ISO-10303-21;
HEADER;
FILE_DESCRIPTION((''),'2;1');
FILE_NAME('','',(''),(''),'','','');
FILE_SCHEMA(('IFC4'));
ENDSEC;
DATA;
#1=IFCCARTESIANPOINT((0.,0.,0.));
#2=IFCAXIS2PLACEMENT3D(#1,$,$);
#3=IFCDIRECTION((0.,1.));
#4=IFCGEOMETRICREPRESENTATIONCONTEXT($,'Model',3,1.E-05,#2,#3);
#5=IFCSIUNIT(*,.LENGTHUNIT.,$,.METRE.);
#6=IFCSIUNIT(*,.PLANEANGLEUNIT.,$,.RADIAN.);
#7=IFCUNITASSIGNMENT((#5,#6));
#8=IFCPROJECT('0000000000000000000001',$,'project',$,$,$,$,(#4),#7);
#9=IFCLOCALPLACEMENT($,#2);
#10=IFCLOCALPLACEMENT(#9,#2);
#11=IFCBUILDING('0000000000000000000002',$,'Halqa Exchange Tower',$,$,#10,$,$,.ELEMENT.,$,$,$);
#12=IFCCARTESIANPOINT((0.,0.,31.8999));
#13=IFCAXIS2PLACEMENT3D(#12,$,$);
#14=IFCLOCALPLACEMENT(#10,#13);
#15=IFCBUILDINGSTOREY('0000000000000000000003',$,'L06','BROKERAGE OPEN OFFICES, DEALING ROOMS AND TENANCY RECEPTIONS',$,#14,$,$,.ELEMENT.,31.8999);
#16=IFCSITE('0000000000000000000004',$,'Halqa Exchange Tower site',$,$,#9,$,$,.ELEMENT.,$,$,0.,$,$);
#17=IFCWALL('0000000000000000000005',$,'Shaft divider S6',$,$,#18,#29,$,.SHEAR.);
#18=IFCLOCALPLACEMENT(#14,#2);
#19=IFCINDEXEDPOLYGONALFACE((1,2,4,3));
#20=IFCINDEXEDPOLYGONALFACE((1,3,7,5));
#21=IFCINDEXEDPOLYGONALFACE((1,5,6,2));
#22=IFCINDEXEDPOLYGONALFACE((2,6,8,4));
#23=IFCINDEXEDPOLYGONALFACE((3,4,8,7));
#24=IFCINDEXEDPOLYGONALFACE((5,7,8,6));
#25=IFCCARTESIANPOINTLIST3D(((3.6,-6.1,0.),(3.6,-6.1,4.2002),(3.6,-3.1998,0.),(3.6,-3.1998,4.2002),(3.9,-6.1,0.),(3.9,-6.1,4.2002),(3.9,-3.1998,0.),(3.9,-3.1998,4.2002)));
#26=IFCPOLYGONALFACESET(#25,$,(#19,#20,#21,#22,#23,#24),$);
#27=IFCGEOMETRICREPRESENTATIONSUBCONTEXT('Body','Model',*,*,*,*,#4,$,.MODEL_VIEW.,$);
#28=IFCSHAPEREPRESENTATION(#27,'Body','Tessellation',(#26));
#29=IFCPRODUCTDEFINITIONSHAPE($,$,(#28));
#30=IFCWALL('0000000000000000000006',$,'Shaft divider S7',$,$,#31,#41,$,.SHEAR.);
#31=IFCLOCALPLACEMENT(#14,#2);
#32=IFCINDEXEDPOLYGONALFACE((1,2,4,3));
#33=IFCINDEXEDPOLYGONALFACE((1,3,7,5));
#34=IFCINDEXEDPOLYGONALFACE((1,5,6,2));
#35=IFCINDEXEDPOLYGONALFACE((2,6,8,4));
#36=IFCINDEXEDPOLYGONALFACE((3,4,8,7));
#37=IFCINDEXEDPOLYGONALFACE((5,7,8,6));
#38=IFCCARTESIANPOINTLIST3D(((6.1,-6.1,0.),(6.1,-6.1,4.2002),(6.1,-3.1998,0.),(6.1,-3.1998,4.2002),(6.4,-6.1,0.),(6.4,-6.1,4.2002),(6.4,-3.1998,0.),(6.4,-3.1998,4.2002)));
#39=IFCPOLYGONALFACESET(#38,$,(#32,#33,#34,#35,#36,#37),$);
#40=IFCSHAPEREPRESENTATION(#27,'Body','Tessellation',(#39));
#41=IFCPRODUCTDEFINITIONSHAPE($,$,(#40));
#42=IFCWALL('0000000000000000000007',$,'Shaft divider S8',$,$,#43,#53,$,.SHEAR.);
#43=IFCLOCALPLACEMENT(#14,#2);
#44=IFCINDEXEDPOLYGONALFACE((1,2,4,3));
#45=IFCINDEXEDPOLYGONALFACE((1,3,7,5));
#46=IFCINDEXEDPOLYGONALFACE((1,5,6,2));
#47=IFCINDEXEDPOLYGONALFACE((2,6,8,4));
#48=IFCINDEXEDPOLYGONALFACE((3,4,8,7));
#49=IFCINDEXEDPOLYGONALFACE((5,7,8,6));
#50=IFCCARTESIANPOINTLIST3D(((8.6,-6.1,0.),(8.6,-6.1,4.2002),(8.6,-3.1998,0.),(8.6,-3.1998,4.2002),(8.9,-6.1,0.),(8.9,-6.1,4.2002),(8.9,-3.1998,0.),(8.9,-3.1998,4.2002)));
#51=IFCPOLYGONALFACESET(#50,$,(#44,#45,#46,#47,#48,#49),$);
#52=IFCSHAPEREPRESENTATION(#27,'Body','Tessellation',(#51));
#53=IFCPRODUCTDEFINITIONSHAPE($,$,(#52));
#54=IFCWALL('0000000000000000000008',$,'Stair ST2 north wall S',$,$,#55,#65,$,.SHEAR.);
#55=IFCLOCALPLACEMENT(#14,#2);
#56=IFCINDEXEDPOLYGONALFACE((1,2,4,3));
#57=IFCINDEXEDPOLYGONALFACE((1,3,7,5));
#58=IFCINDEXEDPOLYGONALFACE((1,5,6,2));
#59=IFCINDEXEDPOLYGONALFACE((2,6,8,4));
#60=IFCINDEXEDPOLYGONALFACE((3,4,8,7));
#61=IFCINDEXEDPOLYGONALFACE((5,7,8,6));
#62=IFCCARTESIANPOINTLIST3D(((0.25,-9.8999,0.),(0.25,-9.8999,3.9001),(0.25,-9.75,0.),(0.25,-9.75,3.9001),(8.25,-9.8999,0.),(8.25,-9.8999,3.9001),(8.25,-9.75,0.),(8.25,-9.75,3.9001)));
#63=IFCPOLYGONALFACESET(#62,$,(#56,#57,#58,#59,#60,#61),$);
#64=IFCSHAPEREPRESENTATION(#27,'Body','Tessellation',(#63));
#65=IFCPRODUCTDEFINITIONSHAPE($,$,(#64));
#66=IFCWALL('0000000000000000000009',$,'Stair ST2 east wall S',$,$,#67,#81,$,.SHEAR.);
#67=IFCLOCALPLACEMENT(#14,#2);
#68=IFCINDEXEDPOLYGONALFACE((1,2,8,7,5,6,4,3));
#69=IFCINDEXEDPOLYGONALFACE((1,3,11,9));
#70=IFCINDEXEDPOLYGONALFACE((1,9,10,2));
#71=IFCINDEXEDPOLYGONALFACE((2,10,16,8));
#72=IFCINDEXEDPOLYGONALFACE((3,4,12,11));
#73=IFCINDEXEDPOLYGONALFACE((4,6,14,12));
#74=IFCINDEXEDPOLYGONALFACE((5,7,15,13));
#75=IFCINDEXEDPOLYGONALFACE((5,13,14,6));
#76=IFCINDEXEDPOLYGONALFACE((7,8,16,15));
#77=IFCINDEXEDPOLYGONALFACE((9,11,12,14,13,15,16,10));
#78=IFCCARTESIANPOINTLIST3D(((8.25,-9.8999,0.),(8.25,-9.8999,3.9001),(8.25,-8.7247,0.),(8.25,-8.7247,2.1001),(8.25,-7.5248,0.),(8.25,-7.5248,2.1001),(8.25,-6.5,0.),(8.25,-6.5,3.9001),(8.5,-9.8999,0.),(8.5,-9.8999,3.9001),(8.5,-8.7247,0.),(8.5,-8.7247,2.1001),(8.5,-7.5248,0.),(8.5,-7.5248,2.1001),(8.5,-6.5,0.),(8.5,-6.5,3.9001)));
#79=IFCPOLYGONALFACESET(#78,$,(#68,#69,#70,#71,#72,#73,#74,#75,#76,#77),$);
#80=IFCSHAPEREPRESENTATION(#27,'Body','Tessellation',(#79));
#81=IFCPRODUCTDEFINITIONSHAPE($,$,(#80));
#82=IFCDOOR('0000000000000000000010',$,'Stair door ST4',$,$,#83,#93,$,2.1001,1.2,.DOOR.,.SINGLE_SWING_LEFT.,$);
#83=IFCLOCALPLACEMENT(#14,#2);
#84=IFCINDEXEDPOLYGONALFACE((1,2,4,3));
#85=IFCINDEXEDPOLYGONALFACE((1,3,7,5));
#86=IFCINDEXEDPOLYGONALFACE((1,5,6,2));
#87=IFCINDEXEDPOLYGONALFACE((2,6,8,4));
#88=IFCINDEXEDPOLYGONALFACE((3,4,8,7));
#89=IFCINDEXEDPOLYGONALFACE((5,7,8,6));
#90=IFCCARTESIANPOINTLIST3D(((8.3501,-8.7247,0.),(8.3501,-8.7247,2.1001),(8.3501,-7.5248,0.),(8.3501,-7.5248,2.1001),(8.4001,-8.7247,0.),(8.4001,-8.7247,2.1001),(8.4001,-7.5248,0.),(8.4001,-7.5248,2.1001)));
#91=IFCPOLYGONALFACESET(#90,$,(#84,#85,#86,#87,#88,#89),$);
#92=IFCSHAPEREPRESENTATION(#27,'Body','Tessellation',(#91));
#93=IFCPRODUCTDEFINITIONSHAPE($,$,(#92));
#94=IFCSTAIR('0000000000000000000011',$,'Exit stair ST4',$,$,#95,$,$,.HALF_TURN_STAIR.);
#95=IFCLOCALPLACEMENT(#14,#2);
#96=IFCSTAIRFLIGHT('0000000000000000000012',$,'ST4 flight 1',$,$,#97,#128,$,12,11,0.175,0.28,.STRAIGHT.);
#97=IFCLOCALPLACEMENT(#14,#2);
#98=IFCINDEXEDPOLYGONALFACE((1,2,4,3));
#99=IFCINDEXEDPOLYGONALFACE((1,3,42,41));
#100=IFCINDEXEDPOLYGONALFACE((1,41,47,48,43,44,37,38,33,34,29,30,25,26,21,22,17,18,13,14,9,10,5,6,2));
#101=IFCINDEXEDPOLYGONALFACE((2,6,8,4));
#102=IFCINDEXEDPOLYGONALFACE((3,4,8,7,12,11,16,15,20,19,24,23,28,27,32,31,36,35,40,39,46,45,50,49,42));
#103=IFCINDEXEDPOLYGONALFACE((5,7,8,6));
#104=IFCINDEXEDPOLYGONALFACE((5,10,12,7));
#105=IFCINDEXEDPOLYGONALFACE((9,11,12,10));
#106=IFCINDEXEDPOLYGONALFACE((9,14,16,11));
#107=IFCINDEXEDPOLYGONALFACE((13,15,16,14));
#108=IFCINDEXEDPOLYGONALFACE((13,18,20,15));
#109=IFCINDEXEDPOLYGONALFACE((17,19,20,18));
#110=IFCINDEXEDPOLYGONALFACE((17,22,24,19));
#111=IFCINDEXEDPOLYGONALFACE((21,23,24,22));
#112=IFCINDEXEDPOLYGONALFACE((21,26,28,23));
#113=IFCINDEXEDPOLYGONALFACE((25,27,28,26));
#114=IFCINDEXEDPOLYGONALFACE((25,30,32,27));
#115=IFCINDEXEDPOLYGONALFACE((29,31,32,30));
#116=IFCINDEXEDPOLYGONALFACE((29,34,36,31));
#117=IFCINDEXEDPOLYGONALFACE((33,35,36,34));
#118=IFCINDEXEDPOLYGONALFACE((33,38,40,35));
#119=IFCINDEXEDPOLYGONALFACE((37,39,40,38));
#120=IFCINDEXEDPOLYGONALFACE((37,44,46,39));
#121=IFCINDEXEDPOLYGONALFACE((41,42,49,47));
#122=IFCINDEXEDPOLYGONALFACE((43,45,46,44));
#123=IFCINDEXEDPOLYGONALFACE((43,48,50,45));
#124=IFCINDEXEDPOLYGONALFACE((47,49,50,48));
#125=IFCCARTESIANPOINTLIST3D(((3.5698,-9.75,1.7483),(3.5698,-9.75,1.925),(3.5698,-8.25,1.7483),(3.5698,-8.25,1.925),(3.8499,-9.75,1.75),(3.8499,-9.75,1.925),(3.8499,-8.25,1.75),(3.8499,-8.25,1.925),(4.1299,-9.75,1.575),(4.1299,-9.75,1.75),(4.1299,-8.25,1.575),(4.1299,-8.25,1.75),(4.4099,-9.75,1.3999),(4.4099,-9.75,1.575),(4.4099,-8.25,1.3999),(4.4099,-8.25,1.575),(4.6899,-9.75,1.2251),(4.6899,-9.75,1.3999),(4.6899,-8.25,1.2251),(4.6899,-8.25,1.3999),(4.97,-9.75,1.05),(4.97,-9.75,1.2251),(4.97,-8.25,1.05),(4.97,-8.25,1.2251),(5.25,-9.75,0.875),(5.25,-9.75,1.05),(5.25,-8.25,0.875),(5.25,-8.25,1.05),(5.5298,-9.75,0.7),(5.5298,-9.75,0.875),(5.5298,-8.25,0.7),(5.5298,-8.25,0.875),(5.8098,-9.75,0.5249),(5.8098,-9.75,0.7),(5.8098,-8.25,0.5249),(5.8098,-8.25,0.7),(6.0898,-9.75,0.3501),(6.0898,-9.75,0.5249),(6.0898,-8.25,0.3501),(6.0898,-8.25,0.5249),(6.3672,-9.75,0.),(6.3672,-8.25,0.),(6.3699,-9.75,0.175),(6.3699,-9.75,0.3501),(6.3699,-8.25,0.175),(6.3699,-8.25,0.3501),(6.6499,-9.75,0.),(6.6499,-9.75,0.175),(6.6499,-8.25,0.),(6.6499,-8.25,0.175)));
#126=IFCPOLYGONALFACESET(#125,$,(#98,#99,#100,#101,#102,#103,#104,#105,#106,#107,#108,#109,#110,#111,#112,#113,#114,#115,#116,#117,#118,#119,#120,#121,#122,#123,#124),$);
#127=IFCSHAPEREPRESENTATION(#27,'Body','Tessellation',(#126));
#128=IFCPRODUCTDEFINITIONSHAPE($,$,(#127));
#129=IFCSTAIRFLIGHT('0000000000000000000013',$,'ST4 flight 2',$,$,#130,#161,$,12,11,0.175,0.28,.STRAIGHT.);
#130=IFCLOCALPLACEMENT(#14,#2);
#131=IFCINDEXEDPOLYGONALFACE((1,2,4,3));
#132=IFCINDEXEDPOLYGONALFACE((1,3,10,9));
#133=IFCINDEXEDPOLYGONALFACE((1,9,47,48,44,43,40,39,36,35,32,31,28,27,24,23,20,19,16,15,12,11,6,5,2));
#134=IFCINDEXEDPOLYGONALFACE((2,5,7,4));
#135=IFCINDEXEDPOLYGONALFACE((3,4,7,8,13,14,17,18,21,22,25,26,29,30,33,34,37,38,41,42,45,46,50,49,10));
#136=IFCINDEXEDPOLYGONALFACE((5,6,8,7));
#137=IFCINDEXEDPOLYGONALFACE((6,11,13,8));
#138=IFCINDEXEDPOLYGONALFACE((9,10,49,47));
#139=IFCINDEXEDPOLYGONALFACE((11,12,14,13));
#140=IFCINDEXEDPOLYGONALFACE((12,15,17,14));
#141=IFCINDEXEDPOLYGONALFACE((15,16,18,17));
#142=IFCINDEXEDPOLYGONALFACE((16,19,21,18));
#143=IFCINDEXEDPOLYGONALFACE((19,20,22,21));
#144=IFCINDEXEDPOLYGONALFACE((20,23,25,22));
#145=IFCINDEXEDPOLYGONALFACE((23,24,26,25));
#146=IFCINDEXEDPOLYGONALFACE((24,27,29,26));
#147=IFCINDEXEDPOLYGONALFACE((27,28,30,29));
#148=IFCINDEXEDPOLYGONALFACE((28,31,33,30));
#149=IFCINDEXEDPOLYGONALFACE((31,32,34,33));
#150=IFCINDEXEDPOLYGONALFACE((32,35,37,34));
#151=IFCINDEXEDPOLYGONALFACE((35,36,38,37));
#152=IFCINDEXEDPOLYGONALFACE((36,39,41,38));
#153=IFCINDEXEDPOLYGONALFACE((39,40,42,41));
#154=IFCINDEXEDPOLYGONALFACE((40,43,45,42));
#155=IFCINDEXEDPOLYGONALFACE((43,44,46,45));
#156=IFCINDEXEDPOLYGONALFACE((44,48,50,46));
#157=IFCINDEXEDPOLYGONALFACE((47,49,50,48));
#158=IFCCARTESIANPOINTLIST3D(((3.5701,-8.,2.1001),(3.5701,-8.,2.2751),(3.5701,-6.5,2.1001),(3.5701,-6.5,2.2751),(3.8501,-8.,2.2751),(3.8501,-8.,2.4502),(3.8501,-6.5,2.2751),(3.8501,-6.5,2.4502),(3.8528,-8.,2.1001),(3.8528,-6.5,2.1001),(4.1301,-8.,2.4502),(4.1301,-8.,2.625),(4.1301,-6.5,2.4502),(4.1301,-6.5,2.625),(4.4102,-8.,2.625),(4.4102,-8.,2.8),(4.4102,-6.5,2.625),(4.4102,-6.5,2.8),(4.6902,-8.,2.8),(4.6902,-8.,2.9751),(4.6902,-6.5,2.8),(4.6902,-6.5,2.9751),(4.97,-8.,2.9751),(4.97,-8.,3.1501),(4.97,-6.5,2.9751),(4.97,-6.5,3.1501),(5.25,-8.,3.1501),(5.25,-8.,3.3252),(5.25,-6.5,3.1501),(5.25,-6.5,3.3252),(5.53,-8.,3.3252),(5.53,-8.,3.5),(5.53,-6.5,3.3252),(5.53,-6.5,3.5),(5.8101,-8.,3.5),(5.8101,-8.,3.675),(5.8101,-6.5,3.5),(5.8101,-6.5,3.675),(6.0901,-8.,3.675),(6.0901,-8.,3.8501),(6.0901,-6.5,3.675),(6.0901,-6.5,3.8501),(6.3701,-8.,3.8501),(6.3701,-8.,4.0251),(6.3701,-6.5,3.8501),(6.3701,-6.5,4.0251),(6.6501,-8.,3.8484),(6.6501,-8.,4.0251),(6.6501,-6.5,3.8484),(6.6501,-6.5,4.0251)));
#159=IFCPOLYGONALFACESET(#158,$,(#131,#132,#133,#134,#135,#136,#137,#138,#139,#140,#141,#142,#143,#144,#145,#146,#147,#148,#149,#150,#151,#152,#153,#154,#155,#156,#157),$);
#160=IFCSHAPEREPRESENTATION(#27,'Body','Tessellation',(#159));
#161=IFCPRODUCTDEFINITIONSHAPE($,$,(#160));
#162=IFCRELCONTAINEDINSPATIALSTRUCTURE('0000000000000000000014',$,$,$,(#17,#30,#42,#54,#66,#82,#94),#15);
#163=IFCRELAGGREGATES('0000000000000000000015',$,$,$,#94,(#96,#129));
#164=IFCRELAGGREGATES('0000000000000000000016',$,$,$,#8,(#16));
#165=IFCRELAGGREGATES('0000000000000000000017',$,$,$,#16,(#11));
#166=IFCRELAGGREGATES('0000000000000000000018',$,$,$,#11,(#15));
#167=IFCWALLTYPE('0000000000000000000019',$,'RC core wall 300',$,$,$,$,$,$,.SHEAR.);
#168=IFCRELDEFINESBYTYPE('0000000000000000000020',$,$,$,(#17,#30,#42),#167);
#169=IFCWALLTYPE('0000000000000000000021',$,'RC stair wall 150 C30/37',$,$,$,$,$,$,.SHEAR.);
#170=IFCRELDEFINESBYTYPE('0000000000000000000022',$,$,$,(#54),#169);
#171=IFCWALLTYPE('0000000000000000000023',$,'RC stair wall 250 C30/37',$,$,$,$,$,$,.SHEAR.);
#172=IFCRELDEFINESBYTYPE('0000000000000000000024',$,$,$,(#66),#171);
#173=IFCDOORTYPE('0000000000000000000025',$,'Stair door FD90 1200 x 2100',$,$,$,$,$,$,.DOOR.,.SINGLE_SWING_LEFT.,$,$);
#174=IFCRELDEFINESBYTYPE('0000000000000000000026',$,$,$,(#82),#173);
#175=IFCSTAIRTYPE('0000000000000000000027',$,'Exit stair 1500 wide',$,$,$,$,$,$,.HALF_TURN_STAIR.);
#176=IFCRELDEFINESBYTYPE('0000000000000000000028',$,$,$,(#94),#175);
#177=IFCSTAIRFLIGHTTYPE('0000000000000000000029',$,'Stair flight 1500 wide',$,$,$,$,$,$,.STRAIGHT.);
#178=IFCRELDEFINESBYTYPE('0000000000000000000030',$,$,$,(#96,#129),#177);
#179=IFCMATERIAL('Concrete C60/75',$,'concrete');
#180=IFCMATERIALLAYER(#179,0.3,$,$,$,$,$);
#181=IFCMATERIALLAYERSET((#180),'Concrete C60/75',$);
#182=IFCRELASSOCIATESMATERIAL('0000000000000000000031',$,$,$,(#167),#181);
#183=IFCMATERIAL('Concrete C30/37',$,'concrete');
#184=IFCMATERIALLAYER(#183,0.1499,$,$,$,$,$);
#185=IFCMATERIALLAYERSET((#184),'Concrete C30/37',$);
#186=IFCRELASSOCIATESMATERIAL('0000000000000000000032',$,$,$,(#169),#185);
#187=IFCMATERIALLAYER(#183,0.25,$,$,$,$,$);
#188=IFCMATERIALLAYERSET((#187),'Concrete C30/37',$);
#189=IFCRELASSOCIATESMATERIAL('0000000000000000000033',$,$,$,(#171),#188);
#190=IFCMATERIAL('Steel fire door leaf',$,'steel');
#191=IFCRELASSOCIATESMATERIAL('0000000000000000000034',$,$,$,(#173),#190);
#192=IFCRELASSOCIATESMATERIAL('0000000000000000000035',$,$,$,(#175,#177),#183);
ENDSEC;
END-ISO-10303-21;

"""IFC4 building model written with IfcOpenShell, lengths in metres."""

from ifc_helpers import new_model, si_unit, direction, frame, frame_2d, origin, place, context, subcontext, project, spatial, polyline, rectangle, outline, extrude, material, layer, layer_set, type_object, element, fill, aggregate, save


model = new_model("IFC4")

# Units and contexts
model_context = context("Model", 3, precision=1e-05, world=origin(), true_north=direction((0.0, 1.0)))
body_context = subcontext(model_context, "Body", "Model", "MODEL_VIEW")
ifc_project = project(units=[si_unit("LENGTHUNIT", "METRE"), si_unit("PLANEANGLEUNIT", "RADIAN")], contexts=[model_context])

# Site, building, storey
site_placement = place(None, origin())
site = spatial("IfcSite", under=ifc_project, at=site_placement, Name="Halqa Exchange Tower site", CompositionType="ELEMENT", RefElevation=0.0)
building_placement = place(site_placement, origin())
building = spatial("IfcBuilding", under=site, at=building_placement, Name="Halqa Exchange Tower", CompositionType="ELEMENT")
storey_placement = place(building_placement, frame((0.0, 0.0, 31.8999)))
storey = spatial("IfcBuildingStorey", under=building, at=storey_placement, Name="L06", Description="BROKERAGE OPEN OFFICES, DEALING ROOMS AND TENANCY RECEPTIONS", CompositionType="ELEMENT", Elevation=31.8999)

# Shared definitions
ifc_material_1 = material(Name="Concrete C60/75", Category="concrete")

# Walls
ifc_layer_1 = layer(ifc_material_1, 0.3)
ifc_layer_set_1 = layer_set([ifc_layer_1], Name="Concrete C60/75")
wall_type_1 = type_object("IfcWallType", Name="RC core wall 300", PredefinedType="SHEAR", material=ifc_layer_set_1)
for number, where, z_axis, x_axis, name in (
    (1, (3.75, -6.1001, 0.0), (0.0, 0.0, 1.0), (0.0, 1.0, 0.0), "Shaft divider S6"),
    (2, (6.25, -6.1001, 0.0), (0.0, 0.0, 1.0), (0.0, 1.0, 0.0), "Shaft divider S7"),
    (3, (8.75, -6.1001, 0.0), (0.0, 0.0, 1.0), (0.0, 1.0, 0.0), "Shaft divider S8"),
):
    element("IfcWall", number, at=place(storey_placement, frame(where, z_axis=z_axis, x_axis=x_axis)), inside=storey, type_object=wall_type_1, Name=name, PredefinedType="SHEAR", context=body_context, shape_type="SweptSolid", body=[
        extrude(rectangle(XDim=2.9001, YDim=0.3, at=frame_2d((1.4502, 0.0))), origin(), (0.0, 0.0, 1.0), 4.2002),
    ])
ifc_material_2 = material(Name="Concrete C30/37", Category="concrete")
ifc_layer_2 = layer(ifc_material_2, 0.1499)
ifc_layer_set_2 = layer_set([ifc_layer_2], Name="Concrete C30/37")
wall_type_2 = type_object("IfcWallType", Name="RC stair wall 150 C30/37", PredefinedType="SHEAR", material=ifc_layer_set_2)
wall_1_placement = place(storey_placement, frame((0.25, -9.825, 0.0), z_axis=(0.0, 0.0, 1.0), x_axis=(1.0, 0.0, 0.0)))
element("IfcWall", 4, at=wall_1_placement, inside=storey, type_object=wall_type_2, Name="Stair ST2 north wall S", PredefinedType="SHEAR", context=body_context, shape_type="SweptSolid", body=[
    extrude(rectangle(XDim=8.0, YDim=0.1499, at=frame_2d((4.0, 0.0))), origin(), (0.0, 0.0, 1.0), 3.9001),
])

# Wall, opening, door
ifc_layer_3 = layer(ifc_material_2, 0.25)
ifc_layer_set_3 = layer_set([ifc_layer_3], Name="Concrete C30/37")
wall_type_3 = type_object("IfcWallType", Name="RC stair wall 250 C30/37", PredefinedType="SHEAR", material=ifc_layer_set_3)
wall_2_placement = place(storey_placement, frame((8.375, -9.8999, 0.0), z_axis=(0.0, 0.0, 1.0), x_axis=(0.0, 1.0, 0.0)))
wall_2 = element("IfcWall", 5, at=wall_2_placement, inside=storey, type_object=wall_type_3, Name="Stair ST2 east wall S", PredefinedType="SHEAR", context=body_context, shape_type="SweptSolid", body=[
    extrude(rectangle(XDim=3.3999, YDim=0.25, at=frame_2d((1.7, 0.0))), origin(), (0.0, 0.0, 1.0), 3.9001),
])
opening_placement = place(wall_2_placement, frame((1.175, 0.0, 0.0)))
opening = element("IfcOpeningElement", 6, at=opening_placement, cuts=wall_2, PredefinedType="OPENING", context=body_context, shape_type="SweptSolid", body=[
    extrude(rectangle(XDim=1.2, YDim=2.1001, at=frame_2d((0.6001, 1.05))), frame((0.0, 0.137, 0.0), z_axis=(0.0, -1.0, 0.0), x_axis=(1.0, 0.0, 0.0)), (0.0, 0.0, 1.0), 0.2739),
])
ifc_material_3 = material(Name="Steel fire door leaf", Category="steel")
door_type = type_object("IfcDoorType", Name="Stair door FD90 1200 x 2100", OperationType="SINGLE_SWING_LEFT", PredefinedType="DOOR", material=ifc_material_3)
door_placement = place(opening_placement, origin())
door = element("IfcDoor", 7, at=door_placement, inside=storey, type_object=door_type, Name="Stair door ST4", OperationType="SINGLE_SWING_LEFT", OverallHeight=2.1001, OverallWidth=1.2, PredefinedType="DOOR", context=body_context, shape_type="SweptSolid", body=[
    extrude(rectangle(XDim=1.2, YDim=2.1001, at=frame_2d((0.6001, 1.05))), frame((0.0, 0.0249, 0.0), z_axis=(0.0, -1.0, 0.0), x_axis=(1.0, 0.0, 0.0)), (0.0, 0.0, 1.0), 0.05),
])
fill(opening, door)

# Stair, stair flights
stair_type = type_object("IfcStairType", Name="Exit stair 1500 wide", PredefinedType="HALF_TURN_STAIR", material=ifc_material_2)
stair_placement = place(storey_placement, origin())
stair = element("IfcStair", 8, at=stair_placement, inside=storey, type_object=stair_type, Name="Exit stair ST4", PredefinedType="HALF_TURN_STAIR")
stair_flight_type = type_object("IfcStairFlightType", Name="Stair flight 1500 wide", PredefinedType="STRAIGHT", material=ifc_material_2)
stair_flight_1_placement = place(storey_placement, frame((6.6499, -9.0, 0.0), z_axis=(0.0, 0.0, 1.0), x_axis=(-1.0, 0.0, 0.0)))
stair_flight_1 = element("IfcStairFlight", 9, at=stair_flight_1_placement, type_object=stair_flight_type, Name="ST4 flight 1", NumberOfRisers=12, NumberOfTreads=11, PredefinedType="STRAIGHT", RiserHeight=0.175, TreadLength=0.28, context=body_context, shape_type="SweptSolid", body=[
    extrude(outline(polyline([(0.0, 0.0), (0.0, 0.175), (0.28, 0.175), (0.28, 0.3501), (0.5601, 0.3501), (0.5601, 0.5249), (0.8401, 0.5249), (0.8401, 0.7), (1.1201, 0.7), (1.1201, 0.875), (1.3999, 0.875), (1.3999, 1.05), (1.6799, 1.05), (1.6799, 1.2251), (1.96, 1.2251), (1.96, 1.3999), (2.24, 1.3999), (2.24, 1.575), (2.52, 1.575), (2.52, 1.75), (2.8, 1.75), (2.8, 1.925), (3.0801, 1.925), (3.0801, 2.1001), (3.0801, 1.7483), (0.2827, 0.0), (0.0, 0.0)])), frame((0.0, 0.75, 0.0), z_axis=(0.0, -1.0, 0.0), x_axis=(1.0, 0.0, 0.0)), (0.0, 0.0, 1.0), 1.5),
])
stair_flight_2_placement = place(storey_placement, frame((3.5701, -7.25, 2.1001), z_axis=(0.0, 0.0, 1.0), x_axis=(1.0, 0.0, 0.0)))
stair_flight_2 = element("IfcStairFlight", 10, at=stair_flight_2_placement, type_object=stair_flight_type, Name="ST4 flight 2", NumberOfRisers=12, NumberOfTreads=11, PredefinedType="STRAIGHT", RiserHeight=0.175, TreadLength=0.28, context=body_context, shape_type="SweptSolid", body=[
    extrude(outline(polyline([(0.0, 0.0), (0.0, 0.175), (0.28, 0.175), (0.28, 0.3501), (0.5601, 0.3501), (0.5601, 0.5249), (0.8401, 0.5249), (0.8401, 0.7), (1.1201, 0.7), (1.1201, 0.875), (1.3999, 0.875), (1.3999, 1.05), (1.6799, 1.05), (1.6799, 1.2251), (1.96, 1.2251), (1.96, 1.3999), (2.24, 1.3999), (2.24, 1.575), (2.52, 1.575), (2.52, 1.75), (2.8, 1.75), (2.8, 1.925), (3.0801, 1.925), (3.0801, 2.1001), (3.0801, 1.7483), (0.2827, 0.0), (0.0, 0.0)])), frame((0.0, 0.75, 0.0), z_axis=(0.0, -1.0, 0.0), x_axis=(1.0, 0.0, 0.0)), (0.0, 0.0, 1.0), 1.5),
])
aggregate(stair, [stair_flight_1, stair_flight_2])

save(model, "model.ifc")
